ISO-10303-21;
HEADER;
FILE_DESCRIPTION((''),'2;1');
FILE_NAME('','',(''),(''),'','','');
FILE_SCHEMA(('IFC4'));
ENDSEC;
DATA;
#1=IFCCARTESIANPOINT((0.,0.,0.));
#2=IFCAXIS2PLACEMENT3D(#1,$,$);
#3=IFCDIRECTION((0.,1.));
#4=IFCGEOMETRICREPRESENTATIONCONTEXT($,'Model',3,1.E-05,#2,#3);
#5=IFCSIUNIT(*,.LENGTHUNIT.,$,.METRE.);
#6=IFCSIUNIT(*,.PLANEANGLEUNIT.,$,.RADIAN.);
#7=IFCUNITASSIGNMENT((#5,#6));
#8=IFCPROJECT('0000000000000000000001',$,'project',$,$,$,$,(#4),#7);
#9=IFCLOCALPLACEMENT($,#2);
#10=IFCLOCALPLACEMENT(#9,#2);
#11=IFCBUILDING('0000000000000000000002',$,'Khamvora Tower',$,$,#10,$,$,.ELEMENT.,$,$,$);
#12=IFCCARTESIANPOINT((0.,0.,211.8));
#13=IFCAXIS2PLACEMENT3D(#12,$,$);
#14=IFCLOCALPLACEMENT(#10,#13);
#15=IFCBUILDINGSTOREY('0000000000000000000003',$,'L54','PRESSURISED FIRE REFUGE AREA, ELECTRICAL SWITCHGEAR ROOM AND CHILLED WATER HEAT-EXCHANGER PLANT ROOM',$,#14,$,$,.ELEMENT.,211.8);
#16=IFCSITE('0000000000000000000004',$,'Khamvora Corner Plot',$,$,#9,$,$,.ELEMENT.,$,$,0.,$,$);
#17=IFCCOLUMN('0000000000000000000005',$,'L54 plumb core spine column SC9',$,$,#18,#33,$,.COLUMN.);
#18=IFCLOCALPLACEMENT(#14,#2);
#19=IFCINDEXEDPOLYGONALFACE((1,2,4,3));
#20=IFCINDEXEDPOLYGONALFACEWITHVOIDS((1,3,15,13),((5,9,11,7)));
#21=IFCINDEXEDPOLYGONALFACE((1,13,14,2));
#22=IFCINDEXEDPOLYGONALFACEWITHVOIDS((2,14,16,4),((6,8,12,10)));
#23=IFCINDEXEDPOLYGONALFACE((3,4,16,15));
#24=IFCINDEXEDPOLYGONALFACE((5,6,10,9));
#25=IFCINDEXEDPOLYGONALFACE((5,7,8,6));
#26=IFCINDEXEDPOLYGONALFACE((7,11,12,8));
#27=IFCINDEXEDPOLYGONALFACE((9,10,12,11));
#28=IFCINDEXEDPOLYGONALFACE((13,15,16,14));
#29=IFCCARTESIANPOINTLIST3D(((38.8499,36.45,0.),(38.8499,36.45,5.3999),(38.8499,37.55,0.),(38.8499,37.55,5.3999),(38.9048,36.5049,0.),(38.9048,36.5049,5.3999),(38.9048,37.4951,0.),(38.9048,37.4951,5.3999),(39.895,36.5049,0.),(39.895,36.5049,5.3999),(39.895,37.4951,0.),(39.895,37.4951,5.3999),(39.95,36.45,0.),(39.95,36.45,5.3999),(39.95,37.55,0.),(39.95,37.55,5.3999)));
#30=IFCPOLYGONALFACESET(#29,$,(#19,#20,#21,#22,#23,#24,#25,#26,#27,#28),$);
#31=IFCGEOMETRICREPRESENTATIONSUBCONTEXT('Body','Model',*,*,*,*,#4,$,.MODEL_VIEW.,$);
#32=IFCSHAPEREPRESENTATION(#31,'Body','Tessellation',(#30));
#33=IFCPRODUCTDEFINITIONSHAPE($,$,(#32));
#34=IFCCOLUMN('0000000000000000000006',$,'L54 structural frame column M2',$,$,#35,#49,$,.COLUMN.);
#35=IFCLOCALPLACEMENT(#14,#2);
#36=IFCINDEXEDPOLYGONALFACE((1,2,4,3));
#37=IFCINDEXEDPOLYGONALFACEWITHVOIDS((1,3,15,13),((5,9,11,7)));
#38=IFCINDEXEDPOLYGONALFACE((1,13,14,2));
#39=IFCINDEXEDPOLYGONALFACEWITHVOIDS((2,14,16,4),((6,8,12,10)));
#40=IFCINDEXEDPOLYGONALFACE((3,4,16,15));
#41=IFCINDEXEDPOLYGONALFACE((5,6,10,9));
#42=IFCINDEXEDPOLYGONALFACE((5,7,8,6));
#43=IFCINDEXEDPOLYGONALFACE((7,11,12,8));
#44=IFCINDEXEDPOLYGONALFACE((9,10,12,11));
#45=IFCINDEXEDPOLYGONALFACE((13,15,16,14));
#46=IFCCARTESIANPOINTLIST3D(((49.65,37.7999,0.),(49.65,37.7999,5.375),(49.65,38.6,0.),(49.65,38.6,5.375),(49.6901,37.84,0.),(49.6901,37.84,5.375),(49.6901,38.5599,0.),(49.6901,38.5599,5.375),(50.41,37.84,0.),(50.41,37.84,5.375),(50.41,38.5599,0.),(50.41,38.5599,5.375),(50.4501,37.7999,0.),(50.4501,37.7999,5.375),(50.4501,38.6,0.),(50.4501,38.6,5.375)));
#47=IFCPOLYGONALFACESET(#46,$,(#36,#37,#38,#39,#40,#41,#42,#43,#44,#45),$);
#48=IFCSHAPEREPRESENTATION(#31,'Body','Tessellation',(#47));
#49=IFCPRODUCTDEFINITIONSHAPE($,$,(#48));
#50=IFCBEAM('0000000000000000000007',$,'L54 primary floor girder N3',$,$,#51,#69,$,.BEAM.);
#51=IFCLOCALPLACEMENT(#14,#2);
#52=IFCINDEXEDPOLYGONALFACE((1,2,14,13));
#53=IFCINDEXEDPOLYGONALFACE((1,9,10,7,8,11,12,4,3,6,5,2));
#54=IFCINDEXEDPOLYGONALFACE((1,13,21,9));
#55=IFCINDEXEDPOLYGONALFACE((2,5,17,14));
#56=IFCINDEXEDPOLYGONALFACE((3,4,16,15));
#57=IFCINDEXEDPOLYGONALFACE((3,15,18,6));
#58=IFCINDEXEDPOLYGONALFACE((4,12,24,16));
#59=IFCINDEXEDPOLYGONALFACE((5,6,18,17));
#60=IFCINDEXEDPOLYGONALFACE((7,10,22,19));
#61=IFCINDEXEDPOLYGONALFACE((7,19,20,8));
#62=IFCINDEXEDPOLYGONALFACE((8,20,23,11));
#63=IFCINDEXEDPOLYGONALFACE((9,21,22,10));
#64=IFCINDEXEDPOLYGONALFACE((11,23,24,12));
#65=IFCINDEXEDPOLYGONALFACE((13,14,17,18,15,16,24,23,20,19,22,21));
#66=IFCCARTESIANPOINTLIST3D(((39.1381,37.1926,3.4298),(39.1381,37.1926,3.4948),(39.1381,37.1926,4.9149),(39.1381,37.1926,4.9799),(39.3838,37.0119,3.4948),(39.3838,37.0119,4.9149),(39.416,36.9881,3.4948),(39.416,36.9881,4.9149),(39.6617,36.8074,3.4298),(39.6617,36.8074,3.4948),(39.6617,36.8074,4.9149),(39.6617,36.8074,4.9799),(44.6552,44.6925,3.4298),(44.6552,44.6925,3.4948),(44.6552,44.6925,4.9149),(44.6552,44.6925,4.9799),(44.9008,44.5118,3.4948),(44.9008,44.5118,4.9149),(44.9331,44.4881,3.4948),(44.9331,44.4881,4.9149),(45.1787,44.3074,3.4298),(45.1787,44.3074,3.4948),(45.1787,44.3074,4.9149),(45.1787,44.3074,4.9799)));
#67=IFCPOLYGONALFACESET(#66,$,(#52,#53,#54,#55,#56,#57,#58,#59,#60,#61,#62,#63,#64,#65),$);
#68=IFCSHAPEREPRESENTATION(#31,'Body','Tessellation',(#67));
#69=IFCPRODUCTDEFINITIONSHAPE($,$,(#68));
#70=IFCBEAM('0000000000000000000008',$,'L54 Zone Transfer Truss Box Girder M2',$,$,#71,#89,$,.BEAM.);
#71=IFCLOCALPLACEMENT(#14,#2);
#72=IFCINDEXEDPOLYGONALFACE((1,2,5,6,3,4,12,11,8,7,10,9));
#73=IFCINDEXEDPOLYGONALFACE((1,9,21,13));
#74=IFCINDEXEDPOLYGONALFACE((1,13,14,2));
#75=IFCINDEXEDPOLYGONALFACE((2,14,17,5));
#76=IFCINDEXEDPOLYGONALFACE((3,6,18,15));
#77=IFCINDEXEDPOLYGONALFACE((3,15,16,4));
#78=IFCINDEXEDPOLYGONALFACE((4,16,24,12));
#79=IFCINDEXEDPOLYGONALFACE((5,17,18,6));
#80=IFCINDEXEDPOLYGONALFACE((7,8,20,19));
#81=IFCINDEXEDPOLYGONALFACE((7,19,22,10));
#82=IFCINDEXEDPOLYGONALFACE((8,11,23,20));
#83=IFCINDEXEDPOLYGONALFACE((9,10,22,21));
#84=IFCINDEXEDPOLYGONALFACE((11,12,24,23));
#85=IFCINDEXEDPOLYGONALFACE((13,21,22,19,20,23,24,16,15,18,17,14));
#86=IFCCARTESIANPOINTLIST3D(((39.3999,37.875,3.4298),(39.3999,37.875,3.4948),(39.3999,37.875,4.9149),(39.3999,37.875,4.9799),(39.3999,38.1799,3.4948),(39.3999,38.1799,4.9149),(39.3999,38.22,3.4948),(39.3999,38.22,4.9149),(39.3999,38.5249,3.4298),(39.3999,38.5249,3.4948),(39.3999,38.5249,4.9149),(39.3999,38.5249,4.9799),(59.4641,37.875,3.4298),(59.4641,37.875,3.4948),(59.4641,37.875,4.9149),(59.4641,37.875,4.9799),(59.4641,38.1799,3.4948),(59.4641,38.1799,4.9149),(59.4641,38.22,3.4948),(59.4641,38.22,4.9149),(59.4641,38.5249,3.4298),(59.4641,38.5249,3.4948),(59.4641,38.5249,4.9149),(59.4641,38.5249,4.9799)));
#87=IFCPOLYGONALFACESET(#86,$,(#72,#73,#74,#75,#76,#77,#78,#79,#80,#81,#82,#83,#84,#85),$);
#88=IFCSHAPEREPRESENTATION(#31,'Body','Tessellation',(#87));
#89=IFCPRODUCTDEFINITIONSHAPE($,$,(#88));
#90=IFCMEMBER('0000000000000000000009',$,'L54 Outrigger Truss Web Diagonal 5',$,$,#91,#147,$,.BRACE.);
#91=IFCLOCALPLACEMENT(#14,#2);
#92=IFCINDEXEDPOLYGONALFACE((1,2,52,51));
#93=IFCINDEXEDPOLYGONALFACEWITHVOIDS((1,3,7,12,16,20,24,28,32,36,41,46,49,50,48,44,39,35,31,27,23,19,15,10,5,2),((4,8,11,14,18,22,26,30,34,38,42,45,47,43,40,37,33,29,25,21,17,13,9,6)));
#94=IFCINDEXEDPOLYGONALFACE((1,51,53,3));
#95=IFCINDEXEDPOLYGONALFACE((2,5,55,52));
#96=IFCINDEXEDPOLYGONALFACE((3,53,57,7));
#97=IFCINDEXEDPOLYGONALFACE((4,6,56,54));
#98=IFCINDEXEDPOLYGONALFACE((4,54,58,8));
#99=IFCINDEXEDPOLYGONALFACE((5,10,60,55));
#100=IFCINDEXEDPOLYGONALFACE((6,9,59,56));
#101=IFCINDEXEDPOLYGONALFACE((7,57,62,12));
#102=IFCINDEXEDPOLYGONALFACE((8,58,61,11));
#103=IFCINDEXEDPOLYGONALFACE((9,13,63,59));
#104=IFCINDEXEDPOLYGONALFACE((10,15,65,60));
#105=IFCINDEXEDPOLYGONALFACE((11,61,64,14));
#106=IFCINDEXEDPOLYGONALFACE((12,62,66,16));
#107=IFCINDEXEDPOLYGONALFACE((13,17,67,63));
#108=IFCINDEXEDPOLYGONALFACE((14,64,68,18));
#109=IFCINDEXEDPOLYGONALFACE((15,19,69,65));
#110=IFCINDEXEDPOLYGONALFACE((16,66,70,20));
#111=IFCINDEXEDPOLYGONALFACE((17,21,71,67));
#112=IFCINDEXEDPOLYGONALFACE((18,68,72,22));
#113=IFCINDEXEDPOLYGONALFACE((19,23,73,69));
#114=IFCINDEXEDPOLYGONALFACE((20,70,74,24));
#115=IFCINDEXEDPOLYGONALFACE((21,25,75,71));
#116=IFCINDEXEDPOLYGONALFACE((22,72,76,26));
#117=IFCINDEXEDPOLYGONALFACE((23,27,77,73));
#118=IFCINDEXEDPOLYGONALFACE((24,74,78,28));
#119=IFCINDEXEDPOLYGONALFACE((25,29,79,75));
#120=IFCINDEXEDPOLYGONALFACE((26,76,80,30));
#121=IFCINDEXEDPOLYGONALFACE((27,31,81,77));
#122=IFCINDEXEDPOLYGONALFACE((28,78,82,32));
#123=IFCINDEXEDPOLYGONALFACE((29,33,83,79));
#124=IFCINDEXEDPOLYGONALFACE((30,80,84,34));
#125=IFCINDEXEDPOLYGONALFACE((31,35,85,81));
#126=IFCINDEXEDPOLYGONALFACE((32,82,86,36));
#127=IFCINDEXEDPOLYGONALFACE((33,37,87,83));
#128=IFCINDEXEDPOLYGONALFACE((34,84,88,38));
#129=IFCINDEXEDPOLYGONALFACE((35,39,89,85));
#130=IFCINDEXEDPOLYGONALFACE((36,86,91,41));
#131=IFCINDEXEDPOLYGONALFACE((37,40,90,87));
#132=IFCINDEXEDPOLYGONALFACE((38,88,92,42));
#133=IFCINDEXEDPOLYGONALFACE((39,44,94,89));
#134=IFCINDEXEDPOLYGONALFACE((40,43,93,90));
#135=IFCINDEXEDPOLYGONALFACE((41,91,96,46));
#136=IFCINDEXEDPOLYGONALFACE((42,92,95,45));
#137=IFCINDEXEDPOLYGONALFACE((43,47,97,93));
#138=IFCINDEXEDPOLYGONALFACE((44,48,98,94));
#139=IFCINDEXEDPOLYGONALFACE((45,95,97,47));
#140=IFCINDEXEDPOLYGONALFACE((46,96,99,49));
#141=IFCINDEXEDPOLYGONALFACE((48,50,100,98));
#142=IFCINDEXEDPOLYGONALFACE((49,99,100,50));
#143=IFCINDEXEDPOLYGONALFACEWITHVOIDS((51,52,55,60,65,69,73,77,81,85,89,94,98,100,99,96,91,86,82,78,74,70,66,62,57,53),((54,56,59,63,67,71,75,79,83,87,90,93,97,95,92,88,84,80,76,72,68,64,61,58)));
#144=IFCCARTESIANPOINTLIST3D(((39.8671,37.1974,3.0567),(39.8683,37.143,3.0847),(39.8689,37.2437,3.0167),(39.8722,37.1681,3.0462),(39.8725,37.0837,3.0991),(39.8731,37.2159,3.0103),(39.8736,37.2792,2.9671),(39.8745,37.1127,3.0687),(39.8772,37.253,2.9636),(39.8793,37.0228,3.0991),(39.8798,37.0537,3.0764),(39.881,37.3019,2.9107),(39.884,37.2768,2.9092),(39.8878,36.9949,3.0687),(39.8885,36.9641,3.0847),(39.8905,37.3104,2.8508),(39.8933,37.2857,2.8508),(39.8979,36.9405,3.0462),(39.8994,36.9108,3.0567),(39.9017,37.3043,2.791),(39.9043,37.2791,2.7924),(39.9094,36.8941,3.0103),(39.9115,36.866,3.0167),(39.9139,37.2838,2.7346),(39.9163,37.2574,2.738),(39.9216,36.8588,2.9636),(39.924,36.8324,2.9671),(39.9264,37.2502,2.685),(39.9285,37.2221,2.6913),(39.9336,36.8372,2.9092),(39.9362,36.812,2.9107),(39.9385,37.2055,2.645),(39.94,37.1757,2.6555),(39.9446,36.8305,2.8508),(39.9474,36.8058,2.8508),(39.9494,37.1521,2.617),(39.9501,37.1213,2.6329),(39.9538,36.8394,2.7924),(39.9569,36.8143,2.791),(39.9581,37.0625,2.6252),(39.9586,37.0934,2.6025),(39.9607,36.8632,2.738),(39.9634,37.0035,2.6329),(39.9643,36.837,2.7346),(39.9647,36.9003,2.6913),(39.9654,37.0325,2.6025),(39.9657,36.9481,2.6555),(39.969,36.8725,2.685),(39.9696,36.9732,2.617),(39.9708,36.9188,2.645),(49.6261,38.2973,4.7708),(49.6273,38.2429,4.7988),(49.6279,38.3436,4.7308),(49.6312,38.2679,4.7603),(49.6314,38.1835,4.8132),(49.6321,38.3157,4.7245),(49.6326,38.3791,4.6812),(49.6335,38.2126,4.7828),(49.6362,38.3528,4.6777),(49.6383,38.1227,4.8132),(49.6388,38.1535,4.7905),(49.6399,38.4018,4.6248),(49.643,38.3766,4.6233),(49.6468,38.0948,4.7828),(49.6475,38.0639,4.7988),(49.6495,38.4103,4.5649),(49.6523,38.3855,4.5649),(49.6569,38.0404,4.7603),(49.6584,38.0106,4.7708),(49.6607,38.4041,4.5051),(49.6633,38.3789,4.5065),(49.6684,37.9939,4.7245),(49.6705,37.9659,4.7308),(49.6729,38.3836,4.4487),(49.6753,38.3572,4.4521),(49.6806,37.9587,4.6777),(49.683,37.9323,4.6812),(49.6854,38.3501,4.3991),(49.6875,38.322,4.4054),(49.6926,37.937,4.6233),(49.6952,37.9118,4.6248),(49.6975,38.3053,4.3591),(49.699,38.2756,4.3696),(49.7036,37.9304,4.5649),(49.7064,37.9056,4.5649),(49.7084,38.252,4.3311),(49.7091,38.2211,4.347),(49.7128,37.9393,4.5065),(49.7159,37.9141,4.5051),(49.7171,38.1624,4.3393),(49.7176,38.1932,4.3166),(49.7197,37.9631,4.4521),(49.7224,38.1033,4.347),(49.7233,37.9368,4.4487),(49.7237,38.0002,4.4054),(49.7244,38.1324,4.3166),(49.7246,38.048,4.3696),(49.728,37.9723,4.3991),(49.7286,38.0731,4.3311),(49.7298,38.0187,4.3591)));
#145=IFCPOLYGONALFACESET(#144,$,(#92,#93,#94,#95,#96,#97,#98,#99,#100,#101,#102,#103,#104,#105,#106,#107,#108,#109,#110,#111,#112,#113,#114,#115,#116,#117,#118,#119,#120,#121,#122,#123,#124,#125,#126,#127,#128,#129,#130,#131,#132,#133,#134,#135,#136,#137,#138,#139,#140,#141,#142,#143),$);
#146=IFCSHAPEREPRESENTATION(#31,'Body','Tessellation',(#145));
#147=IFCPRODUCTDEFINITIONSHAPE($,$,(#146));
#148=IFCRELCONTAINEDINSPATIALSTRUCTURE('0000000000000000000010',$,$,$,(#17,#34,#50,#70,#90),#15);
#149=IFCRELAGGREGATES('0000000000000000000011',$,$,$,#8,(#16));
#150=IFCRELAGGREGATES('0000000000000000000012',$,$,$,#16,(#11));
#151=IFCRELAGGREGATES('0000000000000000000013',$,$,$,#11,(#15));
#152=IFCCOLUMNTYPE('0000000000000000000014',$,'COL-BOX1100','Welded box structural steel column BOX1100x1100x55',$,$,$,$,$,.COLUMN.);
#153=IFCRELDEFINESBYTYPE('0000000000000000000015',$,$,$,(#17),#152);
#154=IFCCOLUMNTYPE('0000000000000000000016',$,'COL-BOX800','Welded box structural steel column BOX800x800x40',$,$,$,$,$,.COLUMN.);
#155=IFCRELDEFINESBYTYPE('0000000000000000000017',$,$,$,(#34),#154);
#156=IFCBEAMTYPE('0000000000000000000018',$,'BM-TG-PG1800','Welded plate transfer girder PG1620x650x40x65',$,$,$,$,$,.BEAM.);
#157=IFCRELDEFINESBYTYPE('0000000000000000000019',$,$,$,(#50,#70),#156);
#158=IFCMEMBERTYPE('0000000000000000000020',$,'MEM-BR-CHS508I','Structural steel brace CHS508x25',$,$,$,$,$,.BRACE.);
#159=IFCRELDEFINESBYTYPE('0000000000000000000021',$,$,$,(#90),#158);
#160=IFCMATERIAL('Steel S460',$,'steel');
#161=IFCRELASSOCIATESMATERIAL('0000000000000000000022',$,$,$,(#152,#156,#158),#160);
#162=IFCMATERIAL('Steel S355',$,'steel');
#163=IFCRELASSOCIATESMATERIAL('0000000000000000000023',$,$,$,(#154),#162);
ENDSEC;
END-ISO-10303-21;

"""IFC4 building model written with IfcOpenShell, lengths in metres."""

from ifc_helpers import new_model, si_unit, direction, frame, origin, origin_2d, place, context, subcontext, project, spatial, hollow_rectangle, hollow_circle, i_section, extrude, material, material_profile, profile_set, type_object, element, save


model = new_model("IFC4")

# Units and contexts
model_context = context("Model", 3, precision=1e-05, world=origin(), true_north=direction((0.0, 1.0)))
body_context = subcontext(model_context, "Body", "Model", "MODEL_VIEW")
ifc_project = project(units=[si_unit("LENGTHUNIT", "METRE"), si_unit("PLANEANGLEUNIT", "RADIAN")], contexts=[model_context])

# Site, building, storey
site_placement = place(None, origin())
site = spatial("IfcSite", under=ifc_project, at=site_placement, Name="Khamvora Corner Plot", CompositionType="ELEMENT", RefElevation=0.0)
building_placement = place(site_placement, origin())
building = spatial("IfcBuilding", under=site, at=building_placement, Name="Khamvora Tower", CompositionType="ELEMENT")
storey_placement = place(building_placement, frame((0.0, 0.0, 211.8)))
storey = spatial("IfcBuildingStorey", under=building, at=storey_placement, Name="L54", Description="PRESSURISED FIRE REFUGE AREA, ELECTRICAL SWITCHGEAR ROOM AND CHILLED WATER HEAT-EXCHANGER PLANT ROOM", CompositionType="ELEMENT", Elevation=211.8)

# Columns
ifc_material_1 = material(Name="Steel S460", Category="steel")
ifc_material_profile_1 = material_profile(ifc_material_1, hollow_rectangle(XDim=1.1001, YDim=1.1001, WallThickness=0.0549, at=origin_2d()), Name="BOX1100x1100x55")
ifc_profile_set_1 = profile_set([ifc_material_profile_1], Name="Steel S460")
column_type_1 = type_object("IfcColumnType", Name="COL-BOX1100", Description="Welded box structural steel column BOX1100x1100x55", PredefinedType="COLUMN", material=ifc_profile_set_1)
column_1_placement = place(storey_placement, frame((39.3999, 37.0, 0.0), z_axis=(0.0, 0.0, 1.0), x_axis=(1.0, 0.0, 0.0)))
element("IfcColumn", 1, at=column_1_placement, inside=storey, type_object=column_type_1, Name="L54 plumb core spine column SC9", PredefinedType="COLUMN", context=body_context, shape_type="SweptSolid", body=[
    extrude(hollow_rectangle(XDim=1.1001, YDim=1.1001, WallThickness=0.0549, at=origin_2d()), origin(), (0.0, 0.0, 1.0), 5.3999),
])
ifc_material_2 = material(Name="Steel S355", Category="steel")
ifc_material_profile_2 = material_profile(ifc_material_2, hollow_rectangle(XDim=0.8, YDim=0.8, WallThickness=0.04, at=origin_2d()), Name="BOX800x800x40")
ifc_profile_set_2 = profile_set([ifc_material_profile_2], Name="Steel S355")
column_type_2 = type_object("IfcColumnType", Name="COL-BOX800", Description="Welded box structural steel column BOX800x800x40", PredefinedType="COLUMN", material=ifc_profile_set_2)
column_2_placement = place(storey_placement, frame((50.05, 38.2, 0.0), z_axis=(0.0, 0.0, 1.0), x_axis=(1.0, 0.0, 0.0)))
element("IfcColumn", 2, at=column_2_placement, inside=storey, type_object=column_type_2, Name="L54 structural frame column M2", PredefinedType="COLUMN", context=body_context, shape_type="SweptSolid", body=[
    extrude(hollow_rectangle(XDim=0.8, YDim=0.8, WallThickness=0.04, at=origin_2d()), origin(), (0.0, 0.0, 1.0), 5.375),
])

# Beams
ifc_material_profile_3 = material_profile(ifc_material_1, i_section(OverallWidth=0.6499, OverallDepth=1.55, WebThickness=0.04, FlangeThickness=0.0649, at=origin_2d()), Name="PG1550x650x40x65")
ifc_profile_set_3 = profile_set([ifc_material_profile_3], Name="Steel S460")
beam_type = type_object("IfcBeamType", Name="BM-TG-PG1800", Description="Welded plate transfer girder PG1620x650x40x65", PredefinedType="BEAM", material=ifc_profile_set_3)
beam_1_placement = place(storey_placement, frame((39.3999, 37.0, 4.2048), z_axis=(0.592557, 0.805529, 0.0), x_axis=(-0.805529, 0.592557, 0.0)))
element("IfcBeam", 3, at=beam_1_placement, inside=storey, type_object=beam_type, Name="L54 primary floor girder N3", PredefinedType="BEAM", context=body_context, shape_type="SweptSolid", body=[
    extrude(i_section(OverallWidth=0.6499, OverallDepth=1.55, WebThickness=0.04, FlangeThickness=0.0649, at=origin_2d()), origin(), (0.0, 0.0, 1.0), 9.3105),
])
beam_2_placement = place(storey_placement, frame((39.3999, 38.2, 4.2048), z_axis=(1.0, 0.0, 0.0), x_axis=(0.0, 1.0, 0.0)))
element("IfcBeam", 4, at=beam_2_placement, inside=storey, type_object=beam_type, Name="L54 Zone Transfer Truss Box Girder M2", PredefinedType="BEAM", context=body_context, shape_type="SweptSolid", body=[
    extrude(i_section(OverallWidth=0.6499, OverallDepth=1.55, WebThickness=0.04, FlangeThickness=0.0649, at=origin_2d()), origin(), (0.0, 0.0, 1.0), 20.0642),
])

# Member
ifc_material_profile_4 = material_profile(ifc_material_1, hollow_circle(Radius=0.2539, WallThickness=0.0249, at=origin_2d()), Name="CHS508x25")
ifc_profile_set_4 = profile_set([ifc_material_profile_4], Name="Steel S460")
member_type_1 = type_object("IfcMemberType", Name="MEM-BR-CHS508I", Description="Structural steel brace CHS508x25", PredefinedType="BRACE", material=ifc_profile_set_4)
member_1_placement = place(storey_placement, frame((39.9189, 37.0581, 2.8508), z_axis=(0.97891, 0.110324, 0.171939), x_axis=(-0.111992, 0.993709, 0.0)))
element("IfcMember", 5, at=member_1_placement, inside=storey, type_object=member_type_1, Name="L54 Outrigger Truss Web Diagonal 5", PredefinedType="BRACE", context=body_context, shape_type="SweptSolid", body=[
    extrude(hollow_circle(Radius=0.2539, WallThickness=0.0249, at=origin_2d()), origin(), (0.0, 0.0, 1.0), 9.9692),
])

save(model, "model.ifc")
